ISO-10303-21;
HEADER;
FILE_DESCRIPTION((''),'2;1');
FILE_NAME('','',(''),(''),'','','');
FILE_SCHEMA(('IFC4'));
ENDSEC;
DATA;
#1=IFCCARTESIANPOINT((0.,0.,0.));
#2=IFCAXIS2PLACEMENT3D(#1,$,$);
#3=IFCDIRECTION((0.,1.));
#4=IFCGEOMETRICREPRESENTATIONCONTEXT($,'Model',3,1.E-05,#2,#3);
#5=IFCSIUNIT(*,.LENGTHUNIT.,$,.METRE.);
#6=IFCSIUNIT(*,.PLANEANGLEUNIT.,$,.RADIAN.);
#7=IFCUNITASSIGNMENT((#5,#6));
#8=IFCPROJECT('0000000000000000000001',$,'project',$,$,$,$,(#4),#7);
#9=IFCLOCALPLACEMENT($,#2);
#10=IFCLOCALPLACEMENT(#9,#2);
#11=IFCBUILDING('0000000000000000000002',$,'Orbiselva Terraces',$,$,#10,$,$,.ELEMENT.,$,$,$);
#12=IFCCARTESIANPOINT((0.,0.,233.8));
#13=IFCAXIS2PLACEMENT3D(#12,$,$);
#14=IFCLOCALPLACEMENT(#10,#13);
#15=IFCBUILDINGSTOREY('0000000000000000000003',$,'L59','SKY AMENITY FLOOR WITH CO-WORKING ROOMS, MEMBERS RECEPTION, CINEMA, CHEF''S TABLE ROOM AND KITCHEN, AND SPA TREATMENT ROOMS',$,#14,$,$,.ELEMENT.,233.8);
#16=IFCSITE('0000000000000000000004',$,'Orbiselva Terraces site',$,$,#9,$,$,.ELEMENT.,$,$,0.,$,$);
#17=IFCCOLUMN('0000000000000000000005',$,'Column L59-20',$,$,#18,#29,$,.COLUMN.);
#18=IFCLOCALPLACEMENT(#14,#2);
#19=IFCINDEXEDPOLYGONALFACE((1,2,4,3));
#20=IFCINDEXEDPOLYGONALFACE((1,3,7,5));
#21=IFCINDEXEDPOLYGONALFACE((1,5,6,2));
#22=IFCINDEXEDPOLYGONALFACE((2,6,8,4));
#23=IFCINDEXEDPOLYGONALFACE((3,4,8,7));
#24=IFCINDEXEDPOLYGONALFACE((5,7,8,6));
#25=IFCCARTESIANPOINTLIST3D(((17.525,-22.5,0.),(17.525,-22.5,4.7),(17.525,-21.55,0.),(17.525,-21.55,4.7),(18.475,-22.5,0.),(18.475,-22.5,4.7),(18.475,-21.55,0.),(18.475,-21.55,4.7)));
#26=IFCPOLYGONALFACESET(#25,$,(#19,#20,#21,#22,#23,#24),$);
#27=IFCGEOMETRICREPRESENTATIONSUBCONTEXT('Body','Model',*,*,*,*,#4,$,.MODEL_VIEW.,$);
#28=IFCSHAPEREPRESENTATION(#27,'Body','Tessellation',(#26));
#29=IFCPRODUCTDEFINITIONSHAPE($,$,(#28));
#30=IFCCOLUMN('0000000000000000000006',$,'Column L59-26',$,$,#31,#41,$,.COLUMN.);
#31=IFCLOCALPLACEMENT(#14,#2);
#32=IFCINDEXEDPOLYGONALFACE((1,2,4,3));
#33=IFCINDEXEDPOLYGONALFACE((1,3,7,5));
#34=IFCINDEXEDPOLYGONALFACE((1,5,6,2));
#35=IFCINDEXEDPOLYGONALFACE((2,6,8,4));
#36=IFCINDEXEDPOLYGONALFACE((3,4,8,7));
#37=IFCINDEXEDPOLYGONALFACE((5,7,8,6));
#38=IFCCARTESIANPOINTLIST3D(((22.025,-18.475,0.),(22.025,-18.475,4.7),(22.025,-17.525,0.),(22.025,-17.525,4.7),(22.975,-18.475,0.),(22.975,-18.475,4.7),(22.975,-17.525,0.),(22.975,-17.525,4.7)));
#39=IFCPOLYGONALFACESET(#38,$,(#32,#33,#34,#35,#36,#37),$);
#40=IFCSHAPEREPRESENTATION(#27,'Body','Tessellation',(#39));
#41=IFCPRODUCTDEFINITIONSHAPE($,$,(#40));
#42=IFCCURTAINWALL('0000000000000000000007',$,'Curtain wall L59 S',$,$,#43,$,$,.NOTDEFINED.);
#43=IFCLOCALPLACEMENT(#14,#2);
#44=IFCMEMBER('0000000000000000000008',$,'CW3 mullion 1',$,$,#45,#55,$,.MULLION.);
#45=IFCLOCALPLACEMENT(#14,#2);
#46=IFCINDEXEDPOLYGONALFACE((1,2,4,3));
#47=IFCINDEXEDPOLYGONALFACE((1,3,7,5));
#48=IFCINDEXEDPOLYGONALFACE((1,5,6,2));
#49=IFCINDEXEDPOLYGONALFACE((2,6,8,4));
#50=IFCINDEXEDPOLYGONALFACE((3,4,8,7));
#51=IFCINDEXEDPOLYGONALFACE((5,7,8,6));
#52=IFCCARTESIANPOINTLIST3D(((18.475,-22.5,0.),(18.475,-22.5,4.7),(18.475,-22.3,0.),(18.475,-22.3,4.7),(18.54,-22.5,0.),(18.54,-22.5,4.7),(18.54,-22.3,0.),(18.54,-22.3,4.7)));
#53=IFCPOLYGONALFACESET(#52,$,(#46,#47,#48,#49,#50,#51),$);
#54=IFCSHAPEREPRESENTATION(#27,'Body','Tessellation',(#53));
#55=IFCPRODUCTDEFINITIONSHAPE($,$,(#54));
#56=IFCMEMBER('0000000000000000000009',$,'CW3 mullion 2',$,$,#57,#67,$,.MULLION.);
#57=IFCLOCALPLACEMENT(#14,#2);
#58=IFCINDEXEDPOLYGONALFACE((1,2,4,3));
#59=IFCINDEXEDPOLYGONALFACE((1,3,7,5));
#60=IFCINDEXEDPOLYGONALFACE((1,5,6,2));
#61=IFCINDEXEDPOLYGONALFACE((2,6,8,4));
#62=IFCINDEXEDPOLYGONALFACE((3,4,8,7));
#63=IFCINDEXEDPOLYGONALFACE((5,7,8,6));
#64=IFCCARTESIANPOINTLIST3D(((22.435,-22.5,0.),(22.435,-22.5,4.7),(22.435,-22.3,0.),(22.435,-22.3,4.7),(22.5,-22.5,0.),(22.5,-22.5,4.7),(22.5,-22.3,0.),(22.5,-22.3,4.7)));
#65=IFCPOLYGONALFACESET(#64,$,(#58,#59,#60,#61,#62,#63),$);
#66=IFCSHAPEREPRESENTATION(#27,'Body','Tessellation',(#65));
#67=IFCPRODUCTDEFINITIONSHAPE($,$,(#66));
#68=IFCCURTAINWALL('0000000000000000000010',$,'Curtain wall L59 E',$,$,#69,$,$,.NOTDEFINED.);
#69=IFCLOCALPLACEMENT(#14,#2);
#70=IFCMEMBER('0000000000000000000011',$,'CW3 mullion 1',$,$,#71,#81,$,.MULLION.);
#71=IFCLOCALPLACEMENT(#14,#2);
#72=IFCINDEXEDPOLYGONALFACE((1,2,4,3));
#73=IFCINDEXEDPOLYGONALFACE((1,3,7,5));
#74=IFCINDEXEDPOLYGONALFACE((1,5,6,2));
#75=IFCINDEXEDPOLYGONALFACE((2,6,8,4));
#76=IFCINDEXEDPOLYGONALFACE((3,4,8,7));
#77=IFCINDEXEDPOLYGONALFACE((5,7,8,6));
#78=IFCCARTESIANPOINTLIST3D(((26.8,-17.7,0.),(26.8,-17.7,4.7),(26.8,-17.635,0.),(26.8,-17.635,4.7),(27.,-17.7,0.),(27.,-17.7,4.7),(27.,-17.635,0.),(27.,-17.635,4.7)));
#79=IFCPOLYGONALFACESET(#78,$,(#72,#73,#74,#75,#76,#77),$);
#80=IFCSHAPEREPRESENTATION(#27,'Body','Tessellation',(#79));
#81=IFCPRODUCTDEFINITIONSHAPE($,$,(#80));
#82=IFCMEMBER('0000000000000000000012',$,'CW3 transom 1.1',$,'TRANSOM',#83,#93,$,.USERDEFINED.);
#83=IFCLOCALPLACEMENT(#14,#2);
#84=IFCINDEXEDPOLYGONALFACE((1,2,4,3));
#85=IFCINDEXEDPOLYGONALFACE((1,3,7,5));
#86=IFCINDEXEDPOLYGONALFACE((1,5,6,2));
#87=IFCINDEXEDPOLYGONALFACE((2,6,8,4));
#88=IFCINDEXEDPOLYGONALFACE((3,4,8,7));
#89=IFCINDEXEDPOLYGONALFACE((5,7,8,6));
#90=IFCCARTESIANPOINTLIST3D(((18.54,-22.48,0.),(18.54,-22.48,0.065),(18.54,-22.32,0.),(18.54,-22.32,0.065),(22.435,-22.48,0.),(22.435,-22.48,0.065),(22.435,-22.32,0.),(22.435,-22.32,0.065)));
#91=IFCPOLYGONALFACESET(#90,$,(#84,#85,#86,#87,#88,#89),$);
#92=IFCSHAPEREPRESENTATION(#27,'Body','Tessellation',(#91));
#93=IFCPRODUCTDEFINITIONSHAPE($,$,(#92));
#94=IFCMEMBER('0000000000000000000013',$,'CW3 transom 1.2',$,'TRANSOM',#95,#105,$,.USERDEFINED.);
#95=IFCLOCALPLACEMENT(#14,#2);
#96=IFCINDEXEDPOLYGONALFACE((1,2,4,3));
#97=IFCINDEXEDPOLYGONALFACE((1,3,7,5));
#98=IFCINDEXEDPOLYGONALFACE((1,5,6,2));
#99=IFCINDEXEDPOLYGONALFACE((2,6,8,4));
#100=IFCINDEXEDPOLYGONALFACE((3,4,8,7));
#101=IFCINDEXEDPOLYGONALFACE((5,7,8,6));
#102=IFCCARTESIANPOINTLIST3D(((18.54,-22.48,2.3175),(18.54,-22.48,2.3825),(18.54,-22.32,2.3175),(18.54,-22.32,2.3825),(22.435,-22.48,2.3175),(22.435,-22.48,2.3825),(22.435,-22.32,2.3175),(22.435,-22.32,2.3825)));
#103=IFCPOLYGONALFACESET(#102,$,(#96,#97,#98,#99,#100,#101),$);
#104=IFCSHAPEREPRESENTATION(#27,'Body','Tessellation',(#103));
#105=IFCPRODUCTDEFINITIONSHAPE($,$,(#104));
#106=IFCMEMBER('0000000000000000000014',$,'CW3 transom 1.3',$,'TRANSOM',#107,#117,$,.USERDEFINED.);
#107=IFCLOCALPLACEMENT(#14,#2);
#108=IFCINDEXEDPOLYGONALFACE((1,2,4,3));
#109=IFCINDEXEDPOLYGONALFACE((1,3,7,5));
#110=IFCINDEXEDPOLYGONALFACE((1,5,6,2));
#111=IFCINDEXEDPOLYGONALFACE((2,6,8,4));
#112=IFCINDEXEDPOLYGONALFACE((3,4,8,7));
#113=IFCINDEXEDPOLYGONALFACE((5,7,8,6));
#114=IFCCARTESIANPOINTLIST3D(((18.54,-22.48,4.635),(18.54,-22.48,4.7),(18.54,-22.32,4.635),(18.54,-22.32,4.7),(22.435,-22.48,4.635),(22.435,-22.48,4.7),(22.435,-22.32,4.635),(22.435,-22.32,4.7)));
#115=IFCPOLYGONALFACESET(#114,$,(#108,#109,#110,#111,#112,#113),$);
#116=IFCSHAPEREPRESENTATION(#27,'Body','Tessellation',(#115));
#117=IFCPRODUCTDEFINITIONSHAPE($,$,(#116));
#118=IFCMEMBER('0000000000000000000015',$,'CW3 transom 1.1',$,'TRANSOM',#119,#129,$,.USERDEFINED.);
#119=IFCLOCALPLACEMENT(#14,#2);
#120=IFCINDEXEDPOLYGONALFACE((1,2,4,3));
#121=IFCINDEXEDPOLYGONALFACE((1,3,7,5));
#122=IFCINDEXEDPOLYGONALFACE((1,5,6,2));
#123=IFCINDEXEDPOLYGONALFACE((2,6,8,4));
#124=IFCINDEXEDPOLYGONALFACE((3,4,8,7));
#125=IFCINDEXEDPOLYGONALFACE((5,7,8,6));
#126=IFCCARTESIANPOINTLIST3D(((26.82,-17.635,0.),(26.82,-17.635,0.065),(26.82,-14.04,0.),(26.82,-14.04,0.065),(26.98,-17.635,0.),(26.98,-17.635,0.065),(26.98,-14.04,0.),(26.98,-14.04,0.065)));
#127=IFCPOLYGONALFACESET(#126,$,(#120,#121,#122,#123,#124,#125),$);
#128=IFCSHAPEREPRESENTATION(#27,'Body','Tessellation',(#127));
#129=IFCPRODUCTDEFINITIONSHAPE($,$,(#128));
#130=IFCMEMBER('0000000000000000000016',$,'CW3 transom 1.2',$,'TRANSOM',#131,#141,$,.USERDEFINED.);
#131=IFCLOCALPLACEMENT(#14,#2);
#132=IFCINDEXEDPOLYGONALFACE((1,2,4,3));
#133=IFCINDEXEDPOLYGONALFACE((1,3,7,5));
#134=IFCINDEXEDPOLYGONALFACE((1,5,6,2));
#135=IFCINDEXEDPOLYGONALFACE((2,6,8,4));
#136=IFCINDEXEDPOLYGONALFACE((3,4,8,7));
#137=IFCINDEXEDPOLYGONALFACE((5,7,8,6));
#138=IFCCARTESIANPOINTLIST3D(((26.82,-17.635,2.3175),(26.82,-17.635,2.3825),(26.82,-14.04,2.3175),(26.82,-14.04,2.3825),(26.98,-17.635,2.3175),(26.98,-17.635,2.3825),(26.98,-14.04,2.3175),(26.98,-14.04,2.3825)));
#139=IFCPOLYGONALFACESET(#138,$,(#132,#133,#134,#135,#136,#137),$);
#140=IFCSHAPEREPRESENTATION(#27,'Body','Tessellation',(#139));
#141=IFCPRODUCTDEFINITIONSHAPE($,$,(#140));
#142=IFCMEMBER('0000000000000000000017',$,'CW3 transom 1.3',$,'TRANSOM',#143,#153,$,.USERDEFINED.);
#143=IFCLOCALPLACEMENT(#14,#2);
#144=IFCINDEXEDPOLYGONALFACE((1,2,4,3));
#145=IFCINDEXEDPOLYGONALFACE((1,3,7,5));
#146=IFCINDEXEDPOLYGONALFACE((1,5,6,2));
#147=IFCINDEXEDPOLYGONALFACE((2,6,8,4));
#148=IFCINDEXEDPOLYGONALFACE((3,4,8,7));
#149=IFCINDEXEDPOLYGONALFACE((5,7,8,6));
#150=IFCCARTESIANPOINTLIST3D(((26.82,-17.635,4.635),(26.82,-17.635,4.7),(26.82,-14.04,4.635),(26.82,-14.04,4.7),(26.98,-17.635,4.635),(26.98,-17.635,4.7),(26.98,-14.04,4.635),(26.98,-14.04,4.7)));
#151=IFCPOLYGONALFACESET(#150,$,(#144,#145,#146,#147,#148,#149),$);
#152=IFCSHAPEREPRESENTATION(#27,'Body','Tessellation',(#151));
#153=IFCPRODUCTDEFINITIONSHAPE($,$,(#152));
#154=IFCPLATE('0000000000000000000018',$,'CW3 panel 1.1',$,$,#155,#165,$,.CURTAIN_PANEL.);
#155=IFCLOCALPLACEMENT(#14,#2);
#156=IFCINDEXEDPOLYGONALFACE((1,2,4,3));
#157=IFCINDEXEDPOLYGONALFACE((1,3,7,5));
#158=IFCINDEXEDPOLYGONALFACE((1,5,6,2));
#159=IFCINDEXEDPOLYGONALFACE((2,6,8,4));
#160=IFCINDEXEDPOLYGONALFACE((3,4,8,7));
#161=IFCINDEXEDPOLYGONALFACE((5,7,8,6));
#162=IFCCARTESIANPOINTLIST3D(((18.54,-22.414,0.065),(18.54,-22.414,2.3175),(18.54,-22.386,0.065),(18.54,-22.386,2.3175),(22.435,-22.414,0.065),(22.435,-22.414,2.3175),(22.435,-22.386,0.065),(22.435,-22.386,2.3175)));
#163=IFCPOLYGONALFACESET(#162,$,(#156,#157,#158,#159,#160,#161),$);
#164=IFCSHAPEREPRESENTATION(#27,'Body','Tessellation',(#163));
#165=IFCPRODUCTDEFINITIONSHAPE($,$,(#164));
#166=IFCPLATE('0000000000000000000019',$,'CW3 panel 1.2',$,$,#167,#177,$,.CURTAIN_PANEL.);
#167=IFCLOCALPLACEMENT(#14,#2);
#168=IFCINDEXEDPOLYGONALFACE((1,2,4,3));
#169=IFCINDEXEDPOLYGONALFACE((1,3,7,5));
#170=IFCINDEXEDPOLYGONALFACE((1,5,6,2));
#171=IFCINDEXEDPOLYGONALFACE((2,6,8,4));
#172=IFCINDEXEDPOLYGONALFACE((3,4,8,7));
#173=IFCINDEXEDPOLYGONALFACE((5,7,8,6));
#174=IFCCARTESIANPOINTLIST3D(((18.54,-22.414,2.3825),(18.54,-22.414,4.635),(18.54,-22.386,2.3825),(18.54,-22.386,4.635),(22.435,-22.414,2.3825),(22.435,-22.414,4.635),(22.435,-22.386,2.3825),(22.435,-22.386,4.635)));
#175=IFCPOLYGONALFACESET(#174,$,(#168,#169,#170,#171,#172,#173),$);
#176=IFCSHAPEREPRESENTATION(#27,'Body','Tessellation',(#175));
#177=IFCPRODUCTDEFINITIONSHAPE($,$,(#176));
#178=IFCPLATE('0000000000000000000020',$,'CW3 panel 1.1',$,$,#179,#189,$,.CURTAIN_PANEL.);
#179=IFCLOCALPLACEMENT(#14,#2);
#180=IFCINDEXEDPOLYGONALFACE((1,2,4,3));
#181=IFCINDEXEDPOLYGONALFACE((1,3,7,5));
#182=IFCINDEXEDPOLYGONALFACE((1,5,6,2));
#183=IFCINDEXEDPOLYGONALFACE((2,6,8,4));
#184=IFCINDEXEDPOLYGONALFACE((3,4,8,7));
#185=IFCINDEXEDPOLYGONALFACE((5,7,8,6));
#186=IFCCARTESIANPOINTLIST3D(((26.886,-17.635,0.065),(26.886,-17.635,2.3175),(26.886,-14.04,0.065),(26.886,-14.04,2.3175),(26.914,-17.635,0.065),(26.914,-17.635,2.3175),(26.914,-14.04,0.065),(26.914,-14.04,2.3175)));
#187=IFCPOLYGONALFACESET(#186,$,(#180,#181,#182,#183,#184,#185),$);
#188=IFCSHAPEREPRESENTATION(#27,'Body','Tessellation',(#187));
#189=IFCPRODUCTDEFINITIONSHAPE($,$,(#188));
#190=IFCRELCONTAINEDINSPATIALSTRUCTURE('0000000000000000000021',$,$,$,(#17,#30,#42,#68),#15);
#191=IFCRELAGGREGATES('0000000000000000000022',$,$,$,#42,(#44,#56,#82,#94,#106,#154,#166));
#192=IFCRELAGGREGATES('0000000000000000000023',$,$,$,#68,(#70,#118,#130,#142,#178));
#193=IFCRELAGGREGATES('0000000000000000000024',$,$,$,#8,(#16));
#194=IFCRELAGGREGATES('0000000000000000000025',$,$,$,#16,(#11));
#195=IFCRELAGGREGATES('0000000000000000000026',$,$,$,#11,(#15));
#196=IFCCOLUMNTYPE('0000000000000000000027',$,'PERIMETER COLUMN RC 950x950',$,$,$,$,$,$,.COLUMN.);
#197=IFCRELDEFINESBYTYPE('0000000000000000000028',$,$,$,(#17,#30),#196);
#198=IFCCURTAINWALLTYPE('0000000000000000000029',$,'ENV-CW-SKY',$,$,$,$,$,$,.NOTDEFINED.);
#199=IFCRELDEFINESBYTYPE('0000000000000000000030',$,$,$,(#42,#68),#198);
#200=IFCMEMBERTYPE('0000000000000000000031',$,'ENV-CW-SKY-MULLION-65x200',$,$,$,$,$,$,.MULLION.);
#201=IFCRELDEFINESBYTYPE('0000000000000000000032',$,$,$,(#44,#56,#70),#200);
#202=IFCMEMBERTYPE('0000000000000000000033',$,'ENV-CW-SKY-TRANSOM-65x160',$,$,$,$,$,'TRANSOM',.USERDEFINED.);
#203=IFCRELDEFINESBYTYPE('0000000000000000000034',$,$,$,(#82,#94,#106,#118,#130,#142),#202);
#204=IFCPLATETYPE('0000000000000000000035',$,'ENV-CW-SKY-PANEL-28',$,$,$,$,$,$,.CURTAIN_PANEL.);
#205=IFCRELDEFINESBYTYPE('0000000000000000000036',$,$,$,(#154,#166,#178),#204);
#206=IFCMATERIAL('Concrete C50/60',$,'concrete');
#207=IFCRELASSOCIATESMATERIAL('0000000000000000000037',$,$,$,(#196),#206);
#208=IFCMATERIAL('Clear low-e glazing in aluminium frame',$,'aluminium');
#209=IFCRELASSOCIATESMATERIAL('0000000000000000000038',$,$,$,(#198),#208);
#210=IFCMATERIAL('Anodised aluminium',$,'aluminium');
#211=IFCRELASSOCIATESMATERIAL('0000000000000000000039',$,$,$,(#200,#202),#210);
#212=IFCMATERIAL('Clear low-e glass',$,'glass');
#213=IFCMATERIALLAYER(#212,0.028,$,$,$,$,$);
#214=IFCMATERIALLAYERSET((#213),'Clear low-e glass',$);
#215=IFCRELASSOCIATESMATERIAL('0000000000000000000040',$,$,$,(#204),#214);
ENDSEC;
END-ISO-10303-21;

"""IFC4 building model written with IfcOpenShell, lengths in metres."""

from ifc_helpers import new_model, si_unit, direction, frame, origin, origin_2d, place, context, subcontext, project, spatial, rectangle, extrude, material, layer, layer_set, material_profile, profile_set, type_object, element, aggregate, save


model = new_model("IFC4")

# Units and contexts
model_context = context("Model", 3, precision=1e-05, world=origin(), true_north=direction((0.0, 1.0)))
body_context = subcontext(model_context, "Body", "Model", "MODEL_VIEW")
ifc_project = project(units=[si_unit("LENGTHUNIT", "METRE"), si_unit("PLANEANGLEUNIT", "RADIAN")], contexts=[model_context])

# Site, building, storey
site_placement = place(None, origin())
site = spatial("IfcSite", under=ifc_project, at=site_placement, Name="Orbiselva Terraces site", CompositionType="ELEMENT", RefElevation=0.0)
building_placement = place(site_placement, origin())
building = spatial("IfcBuilding", under=site, at=building_placement, Name="Orbiselva Terraces", CompositionType="ELEMENT")
storey_placement = place(building_placement, frame((0.0, 0.0, 233.8)))
storey = spatial("IfcBuildingStorey", under=building, at=storey_placement, Name="L59", Description="SKY AMENITY FLOOR WITH CO-WORKING ROOMS, MEMBERS RECEPTION, CINEMA, CHEF'S TABLE ROOM AND KITCHEN, AND SPA TREATMENT ROOMS", CompositionType="ELEMENT", Elevation=233.8)

# Columns
ifc_material_1 = material(Name="Concrete C50/60", Category="concrete")
ifc_material_profile_1 = material_profile(ifc_material_1, rectangle(XDim=0.95, YDim=0.95, at=origin_2d()), Name="RC 950x950")
ifc_profile_set_1 = profile_set([ifc_material_profile_1], Name="Concrete C50/60")
column_type = type_object("IfcColumnType", Name="PERIMETER COLUMN RC 950x950", PredefinedType="COLUMN", material=ifc_profile_set_1)
for number, where, z_axis, x_axis, name in (
    (1, (18.0, -22.025, 0.0), (0.0, 0.0, 1.0), (1.0, 0.0, 0.0), "Column L59-20"),
    (2, (22.5, -18.0, 0.0), (0.0, 0.0, 1.0), (1.0, 0.0, 0.0), "Column L59-26"),
):
    element("IfcColumn", number, at=place(storey_placement, frame(where, z_axis=z_axis, x_axis=x_axis)), inside=storey, type_object=column_type, Name=name, PredefinedType="COLUMN", context=body_context, shape_type="SweptSolid", body=[
        extrude(rectangle(XDim=0.95, YDim=0.95, at=origin_2d()), origin(), (0.0, 0.0, 1.0), 4.7),
    ])

# Curtain wall, members
ifc_material_2 = material(Name="Clear low-e glazing in aluminium frame", Category="aluminium")
curtain_wall_type = type_object("IfcCurtainWallType", Name="ENV-CW-SKY", PredefinedType="NOTDEFINED", material=ifc_material_2)
curtain_wall_1_placement = place(storey_placement, origin())
curtain_wall_1 = element("IfcCurtainWall", 3, at=curtain_wall_1_placement, inside=storey, type_object=curtain_wall_type, Name="Curtain wall L59 S", PredefinedType="NOTDEFINED")
ifc_material_3 = material(Name="Anodised aluminium", Category="aluminium")
ifc_material_profile_2 = material_profile(ifc_material_3, rectangle(XDim=0.2, YDim=0.065, at=origin_2d()), Name="AL 65x200")
ifc_profile_set_2 = profile_set([ifc_material_profile_2], Name="Anodised aluminium")
member_type_1 = type_object("IfcMemberType", Name="ENV-CW-SKY-MULLION-65x200", PredefinedType="MULLION", material=ifc_profile_set_2)
member_1_placement = place(storey_placement, frame((18.5075, -22.4, 0.0), z_axis=(0.0, 0.0, 1.0), x_axis=(0.0, 1.0, 0.0)))
member_1 = element("IfcMember", 4, at=member_1_placement, type_object=member_type_1, Name="CW3 mullion 1", PredefinedType="MULLION", context=body_context, shape_type="SweptSolid", body=[
    extrude(rectangle(XDim=0.2, YDim=0.065, at=origin_2d()), origin(), (0.0, 0.0, 1.0), 4.7),
])
member_2_placement = place(storey_placement, frame((22.4675, -22.4, 0.0), z_axis=(0.0, 0.0, 1.0), x_axis=(0.0, 1.0, 0.0)))
member_2 = element("IfcMember", 5, at=member_2_placement, type_object=member_type_1, Name="CW3 mullion 2", PredefinedType="MULLION", context=body_context, shape_type="SweptSolid", body=[
    extrude(rectangle(XDim=0.2, YDim=0.065, at=origin_2d()), origin(), (0.0, 0.0, 1.0), 4.7),
])

# Curtain wall, member
curtain_wall_2_placement = place(storey_placement, origin())
curtain_wall_2 = element("IfcCurtainWall", 6, at=curtain_wall_2_placement, inside=storey, type_object=curtain_wall_type, Name="Curtain wall L59 E", PredefinedType="NOTDEFINED")
member_3_placement = place(storey_placement, frame((26.9, -17.6675, 0.0), z_axis=(0.0, 0.0, 1.0), x_axis=(-1.0, 0.0, 0.0)))
member_3 = element("IfcMember", 7, at=member_3_placement, type_object=member_type_1, Name="CW3 mullion 1", PredefinedType="MULLION", context=body_context, shape_type="SweptSolid", body=[
    extrude(rectangle(XDim=0.2, YDim=0.065, at=origin_2d()), origin(), (0.0, 0.0, 1.0), 4.7),
])

# Members
ifc_material_profile_3 = material_profile(ifc_material_3, rectangle(XDim=0.16, YDim=0.065, at=origin_2d()), Name="AL 65x160")
ifc_profile_set_3 = profile_set([ifc_material_profile_3], Name="Anodised aluminium")
member_type_2 = type_object("IfcMemberType", Name="ENV-CW-SKY-TRANSOM-65x160", ElementType="TRANSOM", PredefinedType="USERDEFINED", material=ifc_profile_set_3)
member_4_placement = place(storey_placement, frame((18.54, -22.4, 0.0325), z_axis=(1.0, 0.0, 0.0), x_axis=(0.0, 1.0, 0.0)))
member_4 = element("IfcMember", 8, at=member_4_placement, type_object=member_type_2, Name="CW3 transom 1.1", ObjectType="TRANSOM", PredefinedType="USERDEFINED", context=body_context, shape_type="SweptSolid", body=[
    extrude(rectangle(XDim=0.16, YDim=0.065, at=origin_2d()), origin(), (0.0, 0.0, 1.0), 3.895),
])
member_5_placement = place(storey_placement, frame((18.54, -22.4, 2.35), z_axis=(1.0, 0.0, 0.0), x_axis=(0.0, 1.0, 0.0)))
member_5 = element("IfcMember", 9, at=member_5_placement, type_object=member_type_2, Name="CW3 transom 1.2", ObjectType="TRANSOM", PredefinedType="USERDEFINED", context=body_context, shape_type="SweptSolid", body=[
    extrude(rectangle(XDim=0.16, YDim=0.065, at=origin_2d()), origin(), (0.0, 0.0, 1.0), 3.895),
])
member_6_placement = place(storey_placement, frame((18.54, -22.4, 4.6675), z_axis=(1.0, 0.0, 0.0), x_axis=(0.0, 1.0, 0.0)))
member_6 = element("IfcMember", 10, at=member_6_placement, type_object=member_type_2, Name="CW3 transom 1.3", ObjectType="TRANSOM", PredefinedType="USERDEFINED", context=body_context, shape_type="SweptSolid", body=[
    extrude(rectangle(XDim=0.16, YDim=0.065, at=origin_2d()), origin(), (0.0, 0.0, 1.0), 3.895),
])
member_7_placement = place(storey_placement, frame((26.9, -17.635, 0.0325), z_axis=(0.0, 1.0, 0.0), x_axis=(-1.0, 0.0, 0.0)))
member_7 = element("IfcMember", 11, at=member_7_placement, type_object=member_type_2, Name="CW3 transom 1.1", ObjectType="TRANSOM", PredefinedType="USERDEFINED", context=body_context, shape_type="SweptSolid", body=[
    extrude(rectangle(XDim=0.16, YDim=0.065, at=origin_2d()), origin(), (0.0, 0.0, 1.0), 3.595),
])
member_8_placement = place(storey_placement, frame((26.9, -17.635, 2.35), z_axis=(0.0, 1.0, 0.0), x_axis=(-1.0, 0.0, 0.0)))
member_8 = element("IfcMember", 12, at=member_8_placement, type_object=member_type_2, Name="CW3 transom 1.2", ObjectType="TRANSOM", PredefinedType="USERDEFINED", context=body_context, shape_type="SweptSolid", body=[
    extrude(rectangle(XDim=0.16, YDim=0.065, at=origin_2d()), origin(), (0.0, 0.0, 1.0), 3.595),
])
member_9_placement = place(storey_placement, frame((26.9, -17.635, 4.6675), z_axis=(0.0, 1.0, 0.0), x_axis=(-1.0, 0.0, 0.0)))
member_9 = element("IfcMember", 13, at=member_9_placement, type_object=member_type_2, Name="CW3 transom 1.3", ObjectType="TRANSOM", PredefinedType="USERDEFINED", context=body_context, shape_type="SweptSolid", body=[
    extrude(rectangle(XDim=0.16, YDim=0.065, at=origin_2d()), origin(), (0.0, 0.0, 1.0), 3.595),
])

# Plates
ifc_material_4 = material(Name="Clear low-e glass", Category="glass")
ifc_layer_1 = layer(ifc_material_4, 0.028)
ifc_layer_set_1 = layer_set([ifc_layer_1], Name="Clear low-e glass")
plate_type = type_object("IfcPlateType", Name="ENV-CW-SKY-PANEL-28", PredefinedType="CURTAIN_PANEL", material=ifc_layer_set_1)
plate_1_placement = place(storey_placement, frame((20.4875, -22.4, 0.065), z_axis=(0.0, 0.0, 1.0), x_axis=(1.0, 0.0, 0.0)))
plate_1 = element("IfcPlate", 14, at=plate_1_placement, type_object=plate_type, Name="CW3 panel 1.1", PredefinedType="CURTAIN_PANEL", context=body_context, shape_type="SweptSolid", body=[
    extrude(rectangle(XDim=3.895, YDim=0.028, at=origin_2d()), origin(), (0.0, 0.0, 1.0), 2.2525),
])
plate_2_placement = place(storey_placement, frame((20.4875, -22.4, 2.3825), z_axis=(0.0, 0.0, 1.0), x_axis=(1.0, 0.0, 0.0)))
plate_2 = element("IfcPlate", 15, at=plate_2_placement, type_object=plate_type, Name="CW3 panel 1.2", PredefinedType="CURTAIN_PANEL", context=body_context, shape_type="SweptSolid", body=[
    extrude(rectangle(XDim=3.895, YDim=0.028, at=origin_2d()), origin(), (0.0, 0.0, 1.0), 2.2525),
])
aggregate(curtain_wall_1, [member_1, member_2, member_4, member_5, member_6, plate_1, plate_2])
plate_3_placement = place(storey_placement, frame((26.9, -15.8375, 0.065), z_axis=(0.0, 0.0, 1.0), x_axis=(0.0, 1.0, 0.0)))
plate_3 = element("IfcPlate", 16, at=plate_3_placement, type_object=plate_type, Name="CW3 panel 1.1", PredefinedType="CURTAIN_PANEL", context=body_context, shape_type="SweptSolid", body=[
    extrude(rectangle(XDim=3.595, YDim=0.028, at=origin_2d()), origin(), (0.0, 0.0, 1.0), 2.2525),
])
aggregate(curtain_wall_2, [member_3, member_7, member_8, member_9, plate_3])

save(model, "model.ifc")
